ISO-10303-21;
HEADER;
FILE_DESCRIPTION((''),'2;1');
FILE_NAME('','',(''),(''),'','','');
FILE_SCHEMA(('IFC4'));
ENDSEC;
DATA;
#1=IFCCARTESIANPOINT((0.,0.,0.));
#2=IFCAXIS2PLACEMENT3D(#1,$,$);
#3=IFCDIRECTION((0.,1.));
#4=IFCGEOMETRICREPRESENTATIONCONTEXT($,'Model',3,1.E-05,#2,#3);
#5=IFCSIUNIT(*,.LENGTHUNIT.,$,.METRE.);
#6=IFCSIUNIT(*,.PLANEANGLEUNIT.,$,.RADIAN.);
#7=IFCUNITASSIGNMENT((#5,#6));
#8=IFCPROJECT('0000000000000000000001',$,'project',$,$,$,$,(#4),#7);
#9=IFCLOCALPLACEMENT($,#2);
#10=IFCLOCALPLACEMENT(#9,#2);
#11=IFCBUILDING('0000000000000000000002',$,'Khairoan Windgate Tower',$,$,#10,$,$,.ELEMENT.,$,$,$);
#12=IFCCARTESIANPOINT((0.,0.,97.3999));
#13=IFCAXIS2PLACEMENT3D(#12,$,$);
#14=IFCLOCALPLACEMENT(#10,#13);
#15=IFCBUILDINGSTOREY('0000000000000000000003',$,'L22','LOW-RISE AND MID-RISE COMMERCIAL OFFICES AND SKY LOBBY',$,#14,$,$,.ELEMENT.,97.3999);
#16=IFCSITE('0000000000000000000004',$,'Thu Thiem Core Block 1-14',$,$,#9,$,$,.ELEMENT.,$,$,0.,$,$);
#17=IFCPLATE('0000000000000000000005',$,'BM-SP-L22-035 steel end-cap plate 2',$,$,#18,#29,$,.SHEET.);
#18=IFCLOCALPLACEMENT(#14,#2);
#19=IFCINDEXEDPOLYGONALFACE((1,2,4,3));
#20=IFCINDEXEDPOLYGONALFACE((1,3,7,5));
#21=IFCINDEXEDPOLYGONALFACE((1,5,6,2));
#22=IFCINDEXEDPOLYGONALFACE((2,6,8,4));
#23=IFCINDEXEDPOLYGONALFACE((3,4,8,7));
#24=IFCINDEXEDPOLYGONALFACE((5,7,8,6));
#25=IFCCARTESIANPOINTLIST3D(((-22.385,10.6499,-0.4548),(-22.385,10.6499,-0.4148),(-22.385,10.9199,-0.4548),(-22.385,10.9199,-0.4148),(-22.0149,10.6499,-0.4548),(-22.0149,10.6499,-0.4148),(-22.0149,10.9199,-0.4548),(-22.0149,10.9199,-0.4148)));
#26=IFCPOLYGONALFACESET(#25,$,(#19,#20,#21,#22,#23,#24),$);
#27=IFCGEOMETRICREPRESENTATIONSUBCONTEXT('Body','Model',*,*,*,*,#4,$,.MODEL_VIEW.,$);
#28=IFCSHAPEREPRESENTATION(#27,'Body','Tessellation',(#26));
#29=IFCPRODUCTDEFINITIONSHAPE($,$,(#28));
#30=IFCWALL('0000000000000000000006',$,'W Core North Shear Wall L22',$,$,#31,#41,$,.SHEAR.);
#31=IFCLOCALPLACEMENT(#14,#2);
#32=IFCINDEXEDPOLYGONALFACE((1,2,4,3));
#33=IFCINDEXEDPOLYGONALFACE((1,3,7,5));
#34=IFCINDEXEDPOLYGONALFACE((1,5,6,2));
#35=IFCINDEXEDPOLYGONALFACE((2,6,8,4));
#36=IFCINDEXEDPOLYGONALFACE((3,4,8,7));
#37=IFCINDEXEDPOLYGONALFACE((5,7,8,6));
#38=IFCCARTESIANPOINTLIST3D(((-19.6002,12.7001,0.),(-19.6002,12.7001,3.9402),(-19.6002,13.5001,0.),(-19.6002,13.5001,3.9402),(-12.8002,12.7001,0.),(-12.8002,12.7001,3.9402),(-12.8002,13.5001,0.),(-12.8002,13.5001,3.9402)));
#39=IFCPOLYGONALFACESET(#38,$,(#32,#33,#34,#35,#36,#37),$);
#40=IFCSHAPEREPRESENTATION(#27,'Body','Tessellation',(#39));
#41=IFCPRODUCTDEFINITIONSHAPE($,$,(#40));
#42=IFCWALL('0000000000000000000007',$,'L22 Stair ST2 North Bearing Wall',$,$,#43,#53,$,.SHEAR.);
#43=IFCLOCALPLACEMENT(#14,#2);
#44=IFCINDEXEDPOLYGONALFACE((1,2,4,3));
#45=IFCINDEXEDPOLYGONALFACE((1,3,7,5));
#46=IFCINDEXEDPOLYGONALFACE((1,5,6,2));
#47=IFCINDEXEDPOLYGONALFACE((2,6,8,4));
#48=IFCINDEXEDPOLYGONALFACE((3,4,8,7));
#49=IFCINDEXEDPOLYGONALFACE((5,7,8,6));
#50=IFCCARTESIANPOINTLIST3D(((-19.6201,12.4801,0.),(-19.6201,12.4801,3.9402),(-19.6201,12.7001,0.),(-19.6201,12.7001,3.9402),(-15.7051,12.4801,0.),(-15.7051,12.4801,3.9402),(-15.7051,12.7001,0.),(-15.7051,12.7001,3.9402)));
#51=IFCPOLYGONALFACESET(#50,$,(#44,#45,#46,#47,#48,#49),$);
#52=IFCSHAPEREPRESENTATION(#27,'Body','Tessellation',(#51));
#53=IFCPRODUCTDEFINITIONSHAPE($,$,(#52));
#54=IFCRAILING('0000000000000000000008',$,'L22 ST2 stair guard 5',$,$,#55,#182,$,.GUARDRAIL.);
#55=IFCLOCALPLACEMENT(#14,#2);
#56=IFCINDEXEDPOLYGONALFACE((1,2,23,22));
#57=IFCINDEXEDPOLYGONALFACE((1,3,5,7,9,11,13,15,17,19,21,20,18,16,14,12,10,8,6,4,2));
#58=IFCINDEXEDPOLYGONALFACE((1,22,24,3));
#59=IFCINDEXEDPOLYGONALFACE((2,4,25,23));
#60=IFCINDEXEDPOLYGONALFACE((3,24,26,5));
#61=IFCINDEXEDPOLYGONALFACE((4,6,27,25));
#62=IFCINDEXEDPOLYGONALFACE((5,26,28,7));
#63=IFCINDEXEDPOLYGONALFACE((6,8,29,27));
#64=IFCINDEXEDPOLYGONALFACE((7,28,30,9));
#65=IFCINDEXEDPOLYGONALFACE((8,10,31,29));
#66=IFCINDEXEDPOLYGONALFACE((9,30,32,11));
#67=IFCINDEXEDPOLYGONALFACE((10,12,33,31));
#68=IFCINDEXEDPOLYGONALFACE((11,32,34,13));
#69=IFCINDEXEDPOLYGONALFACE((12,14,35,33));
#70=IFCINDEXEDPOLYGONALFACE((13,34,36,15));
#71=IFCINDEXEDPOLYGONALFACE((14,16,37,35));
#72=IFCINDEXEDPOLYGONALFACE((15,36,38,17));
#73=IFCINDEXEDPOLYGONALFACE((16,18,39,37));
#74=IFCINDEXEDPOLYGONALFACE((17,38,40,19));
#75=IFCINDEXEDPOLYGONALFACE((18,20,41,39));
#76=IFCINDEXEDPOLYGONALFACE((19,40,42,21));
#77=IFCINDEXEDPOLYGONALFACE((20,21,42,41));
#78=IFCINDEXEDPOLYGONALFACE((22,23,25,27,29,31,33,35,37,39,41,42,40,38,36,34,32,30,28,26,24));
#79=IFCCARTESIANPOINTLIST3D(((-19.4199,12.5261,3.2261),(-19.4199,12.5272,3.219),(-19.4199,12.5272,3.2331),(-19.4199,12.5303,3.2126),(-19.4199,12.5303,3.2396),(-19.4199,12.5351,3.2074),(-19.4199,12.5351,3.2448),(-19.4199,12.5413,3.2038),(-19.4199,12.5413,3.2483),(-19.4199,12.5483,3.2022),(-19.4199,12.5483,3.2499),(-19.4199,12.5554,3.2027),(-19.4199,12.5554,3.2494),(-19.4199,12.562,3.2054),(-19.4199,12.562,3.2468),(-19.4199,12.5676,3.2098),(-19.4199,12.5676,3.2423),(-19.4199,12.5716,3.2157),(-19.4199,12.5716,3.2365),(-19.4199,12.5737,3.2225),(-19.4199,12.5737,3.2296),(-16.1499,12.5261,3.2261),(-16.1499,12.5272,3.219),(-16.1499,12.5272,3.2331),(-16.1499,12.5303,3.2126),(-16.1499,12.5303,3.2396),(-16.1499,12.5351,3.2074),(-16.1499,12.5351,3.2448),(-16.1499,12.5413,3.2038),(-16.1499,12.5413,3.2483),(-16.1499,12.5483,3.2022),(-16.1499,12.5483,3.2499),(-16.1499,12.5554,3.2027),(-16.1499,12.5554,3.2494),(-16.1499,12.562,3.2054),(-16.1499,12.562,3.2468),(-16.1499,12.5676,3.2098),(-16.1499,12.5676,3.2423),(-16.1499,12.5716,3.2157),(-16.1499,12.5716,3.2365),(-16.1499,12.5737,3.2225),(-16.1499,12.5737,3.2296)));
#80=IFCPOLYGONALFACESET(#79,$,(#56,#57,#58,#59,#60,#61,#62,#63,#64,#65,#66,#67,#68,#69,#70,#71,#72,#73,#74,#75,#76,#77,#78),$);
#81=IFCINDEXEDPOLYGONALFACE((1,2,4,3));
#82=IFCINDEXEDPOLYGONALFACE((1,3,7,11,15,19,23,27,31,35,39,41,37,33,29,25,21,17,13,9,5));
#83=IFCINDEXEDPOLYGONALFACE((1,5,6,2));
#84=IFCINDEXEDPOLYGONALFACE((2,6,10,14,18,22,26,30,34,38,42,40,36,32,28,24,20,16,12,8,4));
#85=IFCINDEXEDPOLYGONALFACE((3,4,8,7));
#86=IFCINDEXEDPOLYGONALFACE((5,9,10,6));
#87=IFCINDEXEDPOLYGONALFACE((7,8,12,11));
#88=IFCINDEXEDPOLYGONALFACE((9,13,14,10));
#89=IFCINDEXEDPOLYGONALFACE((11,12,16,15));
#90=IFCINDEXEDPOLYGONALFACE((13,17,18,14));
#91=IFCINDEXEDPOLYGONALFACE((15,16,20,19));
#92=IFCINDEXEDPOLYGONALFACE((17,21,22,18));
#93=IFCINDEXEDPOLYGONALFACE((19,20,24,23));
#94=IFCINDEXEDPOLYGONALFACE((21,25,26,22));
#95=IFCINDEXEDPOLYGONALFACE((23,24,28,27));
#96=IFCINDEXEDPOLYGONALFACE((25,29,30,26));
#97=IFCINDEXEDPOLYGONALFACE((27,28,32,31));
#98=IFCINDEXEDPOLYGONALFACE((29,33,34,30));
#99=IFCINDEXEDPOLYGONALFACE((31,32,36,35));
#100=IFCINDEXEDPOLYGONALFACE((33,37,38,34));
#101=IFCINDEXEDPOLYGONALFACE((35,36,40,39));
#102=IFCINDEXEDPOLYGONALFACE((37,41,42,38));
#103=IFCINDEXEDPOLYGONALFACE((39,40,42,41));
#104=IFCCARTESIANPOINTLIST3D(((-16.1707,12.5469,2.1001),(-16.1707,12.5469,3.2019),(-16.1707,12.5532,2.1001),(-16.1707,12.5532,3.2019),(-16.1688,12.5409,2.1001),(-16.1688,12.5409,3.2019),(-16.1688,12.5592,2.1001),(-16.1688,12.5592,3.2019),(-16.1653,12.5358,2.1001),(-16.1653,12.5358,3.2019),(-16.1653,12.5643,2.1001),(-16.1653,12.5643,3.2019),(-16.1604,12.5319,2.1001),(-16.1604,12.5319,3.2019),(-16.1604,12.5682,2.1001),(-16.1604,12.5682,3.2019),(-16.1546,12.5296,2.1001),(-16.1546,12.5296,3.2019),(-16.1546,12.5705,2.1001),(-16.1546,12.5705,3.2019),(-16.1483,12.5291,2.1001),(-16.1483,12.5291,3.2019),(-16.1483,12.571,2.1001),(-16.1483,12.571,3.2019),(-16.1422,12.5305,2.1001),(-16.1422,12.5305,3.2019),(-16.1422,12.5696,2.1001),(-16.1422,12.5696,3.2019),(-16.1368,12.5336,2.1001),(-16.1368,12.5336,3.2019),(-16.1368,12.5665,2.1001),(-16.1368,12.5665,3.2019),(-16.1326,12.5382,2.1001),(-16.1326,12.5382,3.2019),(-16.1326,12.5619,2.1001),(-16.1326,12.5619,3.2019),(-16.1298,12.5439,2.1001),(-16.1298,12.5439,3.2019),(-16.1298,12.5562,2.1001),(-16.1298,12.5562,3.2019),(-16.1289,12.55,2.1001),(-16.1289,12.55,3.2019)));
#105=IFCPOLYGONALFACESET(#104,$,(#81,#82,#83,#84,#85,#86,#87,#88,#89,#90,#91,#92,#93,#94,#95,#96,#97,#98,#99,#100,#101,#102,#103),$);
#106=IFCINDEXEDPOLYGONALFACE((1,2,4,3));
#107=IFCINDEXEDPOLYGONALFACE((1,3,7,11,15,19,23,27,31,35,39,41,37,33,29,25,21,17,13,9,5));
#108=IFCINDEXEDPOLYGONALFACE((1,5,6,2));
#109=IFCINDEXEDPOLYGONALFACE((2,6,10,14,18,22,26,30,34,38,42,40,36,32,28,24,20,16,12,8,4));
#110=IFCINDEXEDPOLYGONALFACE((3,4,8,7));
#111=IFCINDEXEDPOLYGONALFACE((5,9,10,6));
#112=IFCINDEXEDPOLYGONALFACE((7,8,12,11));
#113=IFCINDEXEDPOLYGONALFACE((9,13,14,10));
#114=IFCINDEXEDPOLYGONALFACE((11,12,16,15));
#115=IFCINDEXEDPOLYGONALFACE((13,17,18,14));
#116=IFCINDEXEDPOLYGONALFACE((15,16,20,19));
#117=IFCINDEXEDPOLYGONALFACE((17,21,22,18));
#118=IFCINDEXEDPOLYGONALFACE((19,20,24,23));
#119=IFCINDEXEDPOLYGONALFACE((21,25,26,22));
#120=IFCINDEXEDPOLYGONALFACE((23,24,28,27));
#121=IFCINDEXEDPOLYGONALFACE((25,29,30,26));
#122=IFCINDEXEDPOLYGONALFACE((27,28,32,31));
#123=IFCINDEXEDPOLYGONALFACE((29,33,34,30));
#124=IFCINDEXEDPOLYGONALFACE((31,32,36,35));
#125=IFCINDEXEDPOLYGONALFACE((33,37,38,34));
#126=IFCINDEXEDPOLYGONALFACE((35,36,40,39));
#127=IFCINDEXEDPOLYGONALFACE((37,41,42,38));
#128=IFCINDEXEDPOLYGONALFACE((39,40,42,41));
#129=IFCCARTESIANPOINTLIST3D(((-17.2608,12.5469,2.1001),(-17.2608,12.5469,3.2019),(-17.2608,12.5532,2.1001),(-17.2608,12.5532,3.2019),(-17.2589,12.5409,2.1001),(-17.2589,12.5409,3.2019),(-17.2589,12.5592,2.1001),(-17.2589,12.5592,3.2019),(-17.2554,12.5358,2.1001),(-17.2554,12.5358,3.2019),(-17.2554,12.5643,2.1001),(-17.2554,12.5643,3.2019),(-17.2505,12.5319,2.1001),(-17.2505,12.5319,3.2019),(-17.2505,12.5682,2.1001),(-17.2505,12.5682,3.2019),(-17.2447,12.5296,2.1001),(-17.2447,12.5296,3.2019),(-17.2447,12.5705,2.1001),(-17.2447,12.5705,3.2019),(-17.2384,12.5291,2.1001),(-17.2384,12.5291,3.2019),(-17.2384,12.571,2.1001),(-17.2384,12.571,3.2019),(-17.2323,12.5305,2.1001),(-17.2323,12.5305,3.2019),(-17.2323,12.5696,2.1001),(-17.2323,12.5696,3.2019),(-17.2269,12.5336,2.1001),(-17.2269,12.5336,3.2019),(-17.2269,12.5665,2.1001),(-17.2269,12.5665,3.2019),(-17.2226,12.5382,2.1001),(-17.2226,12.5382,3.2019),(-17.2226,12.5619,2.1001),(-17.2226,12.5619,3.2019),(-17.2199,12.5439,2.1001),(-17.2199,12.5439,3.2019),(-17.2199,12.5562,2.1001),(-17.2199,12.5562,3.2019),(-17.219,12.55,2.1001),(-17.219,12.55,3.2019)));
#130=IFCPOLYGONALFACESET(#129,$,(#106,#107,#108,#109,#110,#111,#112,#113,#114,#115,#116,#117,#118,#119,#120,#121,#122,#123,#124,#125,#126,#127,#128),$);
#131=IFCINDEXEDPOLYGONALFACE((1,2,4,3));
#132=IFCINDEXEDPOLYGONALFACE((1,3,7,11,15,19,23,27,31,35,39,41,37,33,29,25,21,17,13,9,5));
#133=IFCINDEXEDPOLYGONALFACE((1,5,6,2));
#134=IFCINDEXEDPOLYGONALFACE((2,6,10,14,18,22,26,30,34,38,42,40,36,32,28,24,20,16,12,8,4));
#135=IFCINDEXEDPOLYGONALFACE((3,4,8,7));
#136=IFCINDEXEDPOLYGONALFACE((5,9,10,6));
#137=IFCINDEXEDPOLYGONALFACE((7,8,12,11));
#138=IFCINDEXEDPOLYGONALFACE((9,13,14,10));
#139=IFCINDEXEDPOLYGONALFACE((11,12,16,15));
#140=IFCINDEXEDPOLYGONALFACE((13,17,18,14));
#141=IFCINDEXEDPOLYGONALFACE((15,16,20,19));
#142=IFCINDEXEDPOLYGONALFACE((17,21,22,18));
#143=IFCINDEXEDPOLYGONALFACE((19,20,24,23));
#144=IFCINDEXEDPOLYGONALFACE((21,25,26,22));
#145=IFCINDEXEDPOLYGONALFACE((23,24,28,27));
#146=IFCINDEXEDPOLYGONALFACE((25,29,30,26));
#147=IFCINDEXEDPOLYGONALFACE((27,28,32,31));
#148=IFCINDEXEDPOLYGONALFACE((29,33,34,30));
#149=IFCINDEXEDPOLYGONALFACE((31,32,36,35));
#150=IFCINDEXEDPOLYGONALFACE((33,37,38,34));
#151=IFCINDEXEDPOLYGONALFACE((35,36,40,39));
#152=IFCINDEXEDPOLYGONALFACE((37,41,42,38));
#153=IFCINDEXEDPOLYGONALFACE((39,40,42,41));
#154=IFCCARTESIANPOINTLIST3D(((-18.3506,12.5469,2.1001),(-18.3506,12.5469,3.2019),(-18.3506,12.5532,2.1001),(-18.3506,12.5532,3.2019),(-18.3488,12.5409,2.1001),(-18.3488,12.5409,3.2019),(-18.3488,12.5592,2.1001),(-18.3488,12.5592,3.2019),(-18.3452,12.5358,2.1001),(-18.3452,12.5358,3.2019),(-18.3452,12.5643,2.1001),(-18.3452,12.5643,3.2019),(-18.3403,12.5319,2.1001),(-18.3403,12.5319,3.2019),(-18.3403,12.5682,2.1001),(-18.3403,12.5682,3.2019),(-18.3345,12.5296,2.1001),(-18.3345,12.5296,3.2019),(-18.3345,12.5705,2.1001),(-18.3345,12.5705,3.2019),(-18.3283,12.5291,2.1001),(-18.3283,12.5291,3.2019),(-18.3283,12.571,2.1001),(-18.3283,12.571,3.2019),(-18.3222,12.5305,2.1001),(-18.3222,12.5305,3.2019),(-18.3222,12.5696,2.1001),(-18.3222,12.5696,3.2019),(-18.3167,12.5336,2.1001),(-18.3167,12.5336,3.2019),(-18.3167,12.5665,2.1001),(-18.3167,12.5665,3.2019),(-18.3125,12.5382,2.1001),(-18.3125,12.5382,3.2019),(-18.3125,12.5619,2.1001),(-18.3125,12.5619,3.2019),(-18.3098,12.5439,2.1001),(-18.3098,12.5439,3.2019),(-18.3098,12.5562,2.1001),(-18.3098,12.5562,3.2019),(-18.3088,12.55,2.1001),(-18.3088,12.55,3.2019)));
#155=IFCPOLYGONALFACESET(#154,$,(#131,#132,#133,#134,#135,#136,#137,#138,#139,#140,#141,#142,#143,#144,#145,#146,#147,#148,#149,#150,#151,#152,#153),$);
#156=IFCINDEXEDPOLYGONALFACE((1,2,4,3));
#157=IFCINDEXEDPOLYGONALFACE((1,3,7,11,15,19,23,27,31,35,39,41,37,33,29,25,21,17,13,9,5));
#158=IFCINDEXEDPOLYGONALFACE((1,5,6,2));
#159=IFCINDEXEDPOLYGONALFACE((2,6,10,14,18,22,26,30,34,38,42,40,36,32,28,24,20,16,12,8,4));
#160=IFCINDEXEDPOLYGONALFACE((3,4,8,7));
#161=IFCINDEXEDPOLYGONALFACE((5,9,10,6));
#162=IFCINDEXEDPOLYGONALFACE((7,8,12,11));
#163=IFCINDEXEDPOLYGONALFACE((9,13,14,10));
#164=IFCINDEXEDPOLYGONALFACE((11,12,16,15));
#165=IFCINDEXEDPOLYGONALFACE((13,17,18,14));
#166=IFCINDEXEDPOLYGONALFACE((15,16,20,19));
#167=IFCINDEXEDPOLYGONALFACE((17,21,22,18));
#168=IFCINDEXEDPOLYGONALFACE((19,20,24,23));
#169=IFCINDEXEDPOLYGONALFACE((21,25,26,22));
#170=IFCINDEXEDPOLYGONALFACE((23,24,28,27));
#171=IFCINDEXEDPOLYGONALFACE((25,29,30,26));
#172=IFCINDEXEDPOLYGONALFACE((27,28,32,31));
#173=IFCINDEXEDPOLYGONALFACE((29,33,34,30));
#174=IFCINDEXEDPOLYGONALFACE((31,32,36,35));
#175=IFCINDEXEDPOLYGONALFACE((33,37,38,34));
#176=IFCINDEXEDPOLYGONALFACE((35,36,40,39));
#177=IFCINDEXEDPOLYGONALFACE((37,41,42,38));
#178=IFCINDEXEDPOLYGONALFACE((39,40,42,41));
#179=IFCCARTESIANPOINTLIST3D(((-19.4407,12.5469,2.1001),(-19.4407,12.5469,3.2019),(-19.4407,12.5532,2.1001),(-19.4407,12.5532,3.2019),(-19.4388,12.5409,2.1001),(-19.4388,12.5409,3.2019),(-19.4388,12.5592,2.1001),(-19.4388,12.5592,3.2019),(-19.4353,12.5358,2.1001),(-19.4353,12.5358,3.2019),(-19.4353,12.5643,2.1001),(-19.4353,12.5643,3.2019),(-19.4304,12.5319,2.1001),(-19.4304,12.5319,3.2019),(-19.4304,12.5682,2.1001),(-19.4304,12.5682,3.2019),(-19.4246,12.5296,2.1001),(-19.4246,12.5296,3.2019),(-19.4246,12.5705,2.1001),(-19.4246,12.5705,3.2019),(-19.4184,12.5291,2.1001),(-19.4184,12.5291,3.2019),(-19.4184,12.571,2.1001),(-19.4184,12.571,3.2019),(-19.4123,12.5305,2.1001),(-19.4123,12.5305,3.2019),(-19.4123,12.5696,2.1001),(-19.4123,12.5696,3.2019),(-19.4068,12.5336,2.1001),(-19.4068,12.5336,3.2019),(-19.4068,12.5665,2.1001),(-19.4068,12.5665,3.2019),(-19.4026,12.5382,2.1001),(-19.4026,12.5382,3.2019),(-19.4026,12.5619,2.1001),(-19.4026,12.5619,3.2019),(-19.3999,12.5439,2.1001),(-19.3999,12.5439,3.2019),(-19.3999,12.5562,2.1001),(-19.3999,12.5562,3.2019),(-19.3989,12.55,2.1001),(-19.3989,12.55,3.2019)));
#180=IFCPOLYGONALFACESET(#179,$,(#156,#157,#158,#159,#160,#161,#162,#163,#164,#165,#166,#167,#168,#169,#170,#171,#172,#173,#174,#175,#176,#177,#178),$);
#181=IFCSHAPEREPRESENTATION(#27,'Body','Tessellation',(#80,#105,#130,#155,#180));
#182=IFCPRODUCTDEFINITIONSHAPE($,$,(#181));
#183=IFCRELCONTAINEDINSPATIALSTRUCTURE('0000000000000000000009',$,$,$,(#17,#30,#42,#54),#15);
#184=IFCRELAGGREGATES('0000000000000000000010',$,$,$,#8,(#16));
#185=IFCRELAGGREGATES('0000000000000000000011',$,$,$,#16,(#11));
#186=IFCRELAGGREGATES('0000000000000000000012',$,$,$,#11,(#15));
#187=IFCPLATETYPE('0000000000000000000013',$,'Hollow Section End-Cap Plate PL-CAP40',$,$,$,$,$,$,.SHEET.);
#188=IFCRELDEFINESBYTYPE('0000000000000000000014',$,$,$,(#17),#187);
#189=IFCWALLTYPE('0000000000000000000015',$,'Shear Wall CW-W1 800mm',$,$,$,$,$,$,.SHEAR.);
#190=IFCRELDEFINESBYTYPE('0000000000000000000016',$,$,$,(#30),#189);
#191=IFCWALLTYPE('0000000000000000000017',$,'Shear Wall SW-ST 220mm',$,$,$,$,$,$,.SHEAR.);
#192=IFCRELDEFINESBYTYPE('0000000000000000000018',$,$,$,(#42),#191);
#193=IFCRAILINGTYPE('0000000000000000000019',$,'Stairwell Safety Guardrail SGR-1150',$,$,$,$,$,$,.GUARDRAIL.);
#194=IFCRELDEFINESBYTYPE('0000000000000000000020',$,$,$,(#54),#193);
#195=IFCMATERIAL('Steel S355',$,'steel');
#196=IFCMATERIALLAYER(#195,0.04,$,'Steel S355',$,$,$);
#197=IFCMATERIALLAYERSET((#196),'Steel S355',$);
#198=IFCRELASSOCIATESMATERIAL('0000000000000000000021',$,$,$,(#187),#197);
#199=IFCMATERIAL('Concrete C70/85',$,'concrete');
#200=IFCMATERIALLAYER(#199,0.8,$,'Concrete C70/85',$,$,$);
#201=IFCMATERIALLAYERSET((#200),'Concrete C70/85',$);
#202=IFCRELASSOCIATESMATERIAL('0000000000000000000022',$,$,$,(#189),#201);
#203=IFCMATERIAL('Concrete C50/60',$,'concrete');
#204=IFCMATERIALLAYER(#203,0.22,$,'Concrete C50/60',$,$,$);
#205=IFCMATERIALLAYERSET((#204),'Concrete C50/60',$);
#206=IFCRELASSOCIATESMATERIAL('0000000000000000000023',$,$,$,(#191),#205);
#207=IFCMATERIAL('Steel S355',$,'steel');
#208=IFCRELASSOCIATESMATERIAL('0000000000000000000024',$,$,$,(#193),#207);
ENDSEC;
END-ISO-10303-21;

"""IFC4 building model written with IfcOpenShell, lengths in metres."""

from ifc_helpers import new_model, si_unit, direction, frame, frame_2d, origin, origin_2d, place, context, subcontext, project, spatial, rectangle, circle, extrude, material, layer, layer_set, type_object, element, save


model = new_model("IFC4")

# Units and contexts
model_context = context("Model", 3, precision=1e-05, world=origin(), true_north=direction((0.0, 1.0)))
body_context = subcontext(model_context, "Body", "Model", "MODEL_VIEW")
ifc_project = project(units=[si_unit("LENGTHUNIT", "METRE"), si_unit("PLANEANGLEUNIT", "RADIAN")], contexts=[model_context])

# Site, building, storey
site_placement = place(None, origin())
site = spatial("IfcSite", under=ifc_project, at=site_placement, Name="Thu Thiem Core Block 1-14", CompositionType="ELEMENT", RefElevation=0.0)
building_placement = place(site_placement, origin())
building = spatial("IfcBuilding", under=site, at=building_placement, Name="Khairoan Windgate Tower", CompositionType="ELEMENT")
storey_placement = place(building_placement, frame((0.0, 0.0, 97.3999)))
storey = spatial("IfcBuildingStorey", under=building, at=storey_placement, Name="L22", Description="LOW-RISE AND MID-RISE COMMERCIAL OFFICES AND SKY LOBBY", CompositionType="ELEMENT", Elevation=97.3999)

# Plate
ifc_material_1 = material(Name="Steel S355", Category="steel")
ifc_layer_1 = layer(ifc_material_1, 0.04, Name="Steel S355")
ifc_layer_set_1 = layer_set([ifc_layer_1], Name="Steel S355")
plate_type = type_object("IfcPlateType", Name="Hollow Section End-Cap Plate PL-CAP40", PredefinedType="SHEET", material=ifc_layer_set_1)
plate_placement = place(storey_placement, frame((-22.2, 10.7849, -0.4548), z_axis=(0.0, 0.0, 1.0), x_axis=(0.0, 1.0, 0.0)))
element("IfcPlate", 1, at=plate_placement, inside=storey, type_object=plate_type, Name="BM-SP-L22-035 steel end-cap plate 2", PredefinedType="SHEET", context=body_context, shape_type="SweptSolid", body=[
    extrude(rectangle(XDim=0.27, YDim=0.3701, at=origin_2d()), origin(), (0.0, 0.0, 1.0), 0.04),
])

# Walls
ifc_material_2 = material(Name="Concrete C70/85", Category="concrete")
ifc_layer_2 = layer(ifc_material_2, 0.8, Name="Concrete C70/85")
ifc_layer_set_2 = layer_set([ifc_layer_2], Name="Concrete C70/85")
wall_type_1 = type_object("IfcWallType", Name="Shear Wall CW-W1 800mm", PredefinedType="SHEAR", material=ifc_layer_set_2)
wall_1_placement = place(storey_placement, frame((-19.6001, 13.1001, 0.0), z_axis=(0.0, 0.0, 1.0), x_axis=(1.0, 0.0, 0.0)))
element("IfcWall", 2, at=wall_1_placement, inside=storey, type_object=wall_type_1, Name="W Core North Shear Wall L22", PredefinedType="SHEAR", context=body_context, shape_type="SweptSolid", body=[
    extrude(rectangle(XDim=6.8, YDim=0.8, at=frame_2d((3.3999, 0.0))), origin(), (0.0, 0.0, 1.0), 3.9402),
])
ifc_material_3 = material(Name="Concrete C50/60", Category="concrete")
ifc_layer_3 = layer(ifc_material_3, 0.22, Name="Concrete C50/60")
ifc_layer_set_3 = layer_set([ifc_layer_3], Name="Concrete C50/60")
wall_type_2 = type_object("IfcWallType", Name="Shear Wall SW-ST 220mm", PredefinedType="SHEAR", material=ifc_layer_set_3)
wall_2_placement = place(storey_placement, frame((-19.6201, 12.5901, 0.0), z_axis=(0.0, 0.0, 1.0), x_axis=(1.0, 0.0, 0.0)))
element("IfcWall", 3, at=wall_2_placement, inside=storey, type_object=wall_type_2, Name="L22 Stair ST2 North Bearing Wall", PredefinedType="SHEAR", context=body_context, shape_type="SweptSolid", body=[
    extrude(rectangle(XDim=3.915, YDim=0.22, at=frame_2d((1.9575, 0.0))), origin(), (0.0, 0.0, 1.0), 3.9402),
])

# Railing
ifc_material_4 = material(Name="Steel S355", Category="steel")
railing_type = type_object("IfcRailingType", Name="Stairwell Safety Guardrail SGR-1150", PredefinedType="GUARDRAIL", material=ifc_material_4)
railing_1_placement = place(storey_placement, frame((-16.1499, 12.55, 2.1001)))
element("IfcRailing", 4, at=railing_1_placement, inside=storey, type_object=railing_type, Name="L22 ST2 stair guard 5", PredefinedType="GUARDRAIL", context=body_context, shape_type="SweptSolid", body=[
    extrude(circle(Radius=0.0239, at=origin_2d()), frame((0.0, 0.0, 1.126), z_axis=(-1.0, 0.0, 0.0), x_axis=(0.0, -1.0, 0.0)), (0.0, 0.0, 1.0), 3.27),
    extrude(circle(Radius=0.021, at=origin_2d()), origin(), (0.0, 0.0, 1.0), 1.1018),
    extrude(circle(Radius=0.021, at=origin_2d()), frame((-1.0901, 0.0, 0.0)), (0.0, 0.0, 1.0), 1.1018),
    extrude(circle(Radius=0.021, at=origin_2d()), frame((-2.1799, 0.0, 0.0)), (0.0, 0.0, 1.0), 1.1018),
    extrude(circle(Radius=0.021, at=origin_2d()), frame((-3.27, 0.0, 0.0)), (0.0, 0.0, 1.0), 1.1018),
])

save(model, "model.ifc")
